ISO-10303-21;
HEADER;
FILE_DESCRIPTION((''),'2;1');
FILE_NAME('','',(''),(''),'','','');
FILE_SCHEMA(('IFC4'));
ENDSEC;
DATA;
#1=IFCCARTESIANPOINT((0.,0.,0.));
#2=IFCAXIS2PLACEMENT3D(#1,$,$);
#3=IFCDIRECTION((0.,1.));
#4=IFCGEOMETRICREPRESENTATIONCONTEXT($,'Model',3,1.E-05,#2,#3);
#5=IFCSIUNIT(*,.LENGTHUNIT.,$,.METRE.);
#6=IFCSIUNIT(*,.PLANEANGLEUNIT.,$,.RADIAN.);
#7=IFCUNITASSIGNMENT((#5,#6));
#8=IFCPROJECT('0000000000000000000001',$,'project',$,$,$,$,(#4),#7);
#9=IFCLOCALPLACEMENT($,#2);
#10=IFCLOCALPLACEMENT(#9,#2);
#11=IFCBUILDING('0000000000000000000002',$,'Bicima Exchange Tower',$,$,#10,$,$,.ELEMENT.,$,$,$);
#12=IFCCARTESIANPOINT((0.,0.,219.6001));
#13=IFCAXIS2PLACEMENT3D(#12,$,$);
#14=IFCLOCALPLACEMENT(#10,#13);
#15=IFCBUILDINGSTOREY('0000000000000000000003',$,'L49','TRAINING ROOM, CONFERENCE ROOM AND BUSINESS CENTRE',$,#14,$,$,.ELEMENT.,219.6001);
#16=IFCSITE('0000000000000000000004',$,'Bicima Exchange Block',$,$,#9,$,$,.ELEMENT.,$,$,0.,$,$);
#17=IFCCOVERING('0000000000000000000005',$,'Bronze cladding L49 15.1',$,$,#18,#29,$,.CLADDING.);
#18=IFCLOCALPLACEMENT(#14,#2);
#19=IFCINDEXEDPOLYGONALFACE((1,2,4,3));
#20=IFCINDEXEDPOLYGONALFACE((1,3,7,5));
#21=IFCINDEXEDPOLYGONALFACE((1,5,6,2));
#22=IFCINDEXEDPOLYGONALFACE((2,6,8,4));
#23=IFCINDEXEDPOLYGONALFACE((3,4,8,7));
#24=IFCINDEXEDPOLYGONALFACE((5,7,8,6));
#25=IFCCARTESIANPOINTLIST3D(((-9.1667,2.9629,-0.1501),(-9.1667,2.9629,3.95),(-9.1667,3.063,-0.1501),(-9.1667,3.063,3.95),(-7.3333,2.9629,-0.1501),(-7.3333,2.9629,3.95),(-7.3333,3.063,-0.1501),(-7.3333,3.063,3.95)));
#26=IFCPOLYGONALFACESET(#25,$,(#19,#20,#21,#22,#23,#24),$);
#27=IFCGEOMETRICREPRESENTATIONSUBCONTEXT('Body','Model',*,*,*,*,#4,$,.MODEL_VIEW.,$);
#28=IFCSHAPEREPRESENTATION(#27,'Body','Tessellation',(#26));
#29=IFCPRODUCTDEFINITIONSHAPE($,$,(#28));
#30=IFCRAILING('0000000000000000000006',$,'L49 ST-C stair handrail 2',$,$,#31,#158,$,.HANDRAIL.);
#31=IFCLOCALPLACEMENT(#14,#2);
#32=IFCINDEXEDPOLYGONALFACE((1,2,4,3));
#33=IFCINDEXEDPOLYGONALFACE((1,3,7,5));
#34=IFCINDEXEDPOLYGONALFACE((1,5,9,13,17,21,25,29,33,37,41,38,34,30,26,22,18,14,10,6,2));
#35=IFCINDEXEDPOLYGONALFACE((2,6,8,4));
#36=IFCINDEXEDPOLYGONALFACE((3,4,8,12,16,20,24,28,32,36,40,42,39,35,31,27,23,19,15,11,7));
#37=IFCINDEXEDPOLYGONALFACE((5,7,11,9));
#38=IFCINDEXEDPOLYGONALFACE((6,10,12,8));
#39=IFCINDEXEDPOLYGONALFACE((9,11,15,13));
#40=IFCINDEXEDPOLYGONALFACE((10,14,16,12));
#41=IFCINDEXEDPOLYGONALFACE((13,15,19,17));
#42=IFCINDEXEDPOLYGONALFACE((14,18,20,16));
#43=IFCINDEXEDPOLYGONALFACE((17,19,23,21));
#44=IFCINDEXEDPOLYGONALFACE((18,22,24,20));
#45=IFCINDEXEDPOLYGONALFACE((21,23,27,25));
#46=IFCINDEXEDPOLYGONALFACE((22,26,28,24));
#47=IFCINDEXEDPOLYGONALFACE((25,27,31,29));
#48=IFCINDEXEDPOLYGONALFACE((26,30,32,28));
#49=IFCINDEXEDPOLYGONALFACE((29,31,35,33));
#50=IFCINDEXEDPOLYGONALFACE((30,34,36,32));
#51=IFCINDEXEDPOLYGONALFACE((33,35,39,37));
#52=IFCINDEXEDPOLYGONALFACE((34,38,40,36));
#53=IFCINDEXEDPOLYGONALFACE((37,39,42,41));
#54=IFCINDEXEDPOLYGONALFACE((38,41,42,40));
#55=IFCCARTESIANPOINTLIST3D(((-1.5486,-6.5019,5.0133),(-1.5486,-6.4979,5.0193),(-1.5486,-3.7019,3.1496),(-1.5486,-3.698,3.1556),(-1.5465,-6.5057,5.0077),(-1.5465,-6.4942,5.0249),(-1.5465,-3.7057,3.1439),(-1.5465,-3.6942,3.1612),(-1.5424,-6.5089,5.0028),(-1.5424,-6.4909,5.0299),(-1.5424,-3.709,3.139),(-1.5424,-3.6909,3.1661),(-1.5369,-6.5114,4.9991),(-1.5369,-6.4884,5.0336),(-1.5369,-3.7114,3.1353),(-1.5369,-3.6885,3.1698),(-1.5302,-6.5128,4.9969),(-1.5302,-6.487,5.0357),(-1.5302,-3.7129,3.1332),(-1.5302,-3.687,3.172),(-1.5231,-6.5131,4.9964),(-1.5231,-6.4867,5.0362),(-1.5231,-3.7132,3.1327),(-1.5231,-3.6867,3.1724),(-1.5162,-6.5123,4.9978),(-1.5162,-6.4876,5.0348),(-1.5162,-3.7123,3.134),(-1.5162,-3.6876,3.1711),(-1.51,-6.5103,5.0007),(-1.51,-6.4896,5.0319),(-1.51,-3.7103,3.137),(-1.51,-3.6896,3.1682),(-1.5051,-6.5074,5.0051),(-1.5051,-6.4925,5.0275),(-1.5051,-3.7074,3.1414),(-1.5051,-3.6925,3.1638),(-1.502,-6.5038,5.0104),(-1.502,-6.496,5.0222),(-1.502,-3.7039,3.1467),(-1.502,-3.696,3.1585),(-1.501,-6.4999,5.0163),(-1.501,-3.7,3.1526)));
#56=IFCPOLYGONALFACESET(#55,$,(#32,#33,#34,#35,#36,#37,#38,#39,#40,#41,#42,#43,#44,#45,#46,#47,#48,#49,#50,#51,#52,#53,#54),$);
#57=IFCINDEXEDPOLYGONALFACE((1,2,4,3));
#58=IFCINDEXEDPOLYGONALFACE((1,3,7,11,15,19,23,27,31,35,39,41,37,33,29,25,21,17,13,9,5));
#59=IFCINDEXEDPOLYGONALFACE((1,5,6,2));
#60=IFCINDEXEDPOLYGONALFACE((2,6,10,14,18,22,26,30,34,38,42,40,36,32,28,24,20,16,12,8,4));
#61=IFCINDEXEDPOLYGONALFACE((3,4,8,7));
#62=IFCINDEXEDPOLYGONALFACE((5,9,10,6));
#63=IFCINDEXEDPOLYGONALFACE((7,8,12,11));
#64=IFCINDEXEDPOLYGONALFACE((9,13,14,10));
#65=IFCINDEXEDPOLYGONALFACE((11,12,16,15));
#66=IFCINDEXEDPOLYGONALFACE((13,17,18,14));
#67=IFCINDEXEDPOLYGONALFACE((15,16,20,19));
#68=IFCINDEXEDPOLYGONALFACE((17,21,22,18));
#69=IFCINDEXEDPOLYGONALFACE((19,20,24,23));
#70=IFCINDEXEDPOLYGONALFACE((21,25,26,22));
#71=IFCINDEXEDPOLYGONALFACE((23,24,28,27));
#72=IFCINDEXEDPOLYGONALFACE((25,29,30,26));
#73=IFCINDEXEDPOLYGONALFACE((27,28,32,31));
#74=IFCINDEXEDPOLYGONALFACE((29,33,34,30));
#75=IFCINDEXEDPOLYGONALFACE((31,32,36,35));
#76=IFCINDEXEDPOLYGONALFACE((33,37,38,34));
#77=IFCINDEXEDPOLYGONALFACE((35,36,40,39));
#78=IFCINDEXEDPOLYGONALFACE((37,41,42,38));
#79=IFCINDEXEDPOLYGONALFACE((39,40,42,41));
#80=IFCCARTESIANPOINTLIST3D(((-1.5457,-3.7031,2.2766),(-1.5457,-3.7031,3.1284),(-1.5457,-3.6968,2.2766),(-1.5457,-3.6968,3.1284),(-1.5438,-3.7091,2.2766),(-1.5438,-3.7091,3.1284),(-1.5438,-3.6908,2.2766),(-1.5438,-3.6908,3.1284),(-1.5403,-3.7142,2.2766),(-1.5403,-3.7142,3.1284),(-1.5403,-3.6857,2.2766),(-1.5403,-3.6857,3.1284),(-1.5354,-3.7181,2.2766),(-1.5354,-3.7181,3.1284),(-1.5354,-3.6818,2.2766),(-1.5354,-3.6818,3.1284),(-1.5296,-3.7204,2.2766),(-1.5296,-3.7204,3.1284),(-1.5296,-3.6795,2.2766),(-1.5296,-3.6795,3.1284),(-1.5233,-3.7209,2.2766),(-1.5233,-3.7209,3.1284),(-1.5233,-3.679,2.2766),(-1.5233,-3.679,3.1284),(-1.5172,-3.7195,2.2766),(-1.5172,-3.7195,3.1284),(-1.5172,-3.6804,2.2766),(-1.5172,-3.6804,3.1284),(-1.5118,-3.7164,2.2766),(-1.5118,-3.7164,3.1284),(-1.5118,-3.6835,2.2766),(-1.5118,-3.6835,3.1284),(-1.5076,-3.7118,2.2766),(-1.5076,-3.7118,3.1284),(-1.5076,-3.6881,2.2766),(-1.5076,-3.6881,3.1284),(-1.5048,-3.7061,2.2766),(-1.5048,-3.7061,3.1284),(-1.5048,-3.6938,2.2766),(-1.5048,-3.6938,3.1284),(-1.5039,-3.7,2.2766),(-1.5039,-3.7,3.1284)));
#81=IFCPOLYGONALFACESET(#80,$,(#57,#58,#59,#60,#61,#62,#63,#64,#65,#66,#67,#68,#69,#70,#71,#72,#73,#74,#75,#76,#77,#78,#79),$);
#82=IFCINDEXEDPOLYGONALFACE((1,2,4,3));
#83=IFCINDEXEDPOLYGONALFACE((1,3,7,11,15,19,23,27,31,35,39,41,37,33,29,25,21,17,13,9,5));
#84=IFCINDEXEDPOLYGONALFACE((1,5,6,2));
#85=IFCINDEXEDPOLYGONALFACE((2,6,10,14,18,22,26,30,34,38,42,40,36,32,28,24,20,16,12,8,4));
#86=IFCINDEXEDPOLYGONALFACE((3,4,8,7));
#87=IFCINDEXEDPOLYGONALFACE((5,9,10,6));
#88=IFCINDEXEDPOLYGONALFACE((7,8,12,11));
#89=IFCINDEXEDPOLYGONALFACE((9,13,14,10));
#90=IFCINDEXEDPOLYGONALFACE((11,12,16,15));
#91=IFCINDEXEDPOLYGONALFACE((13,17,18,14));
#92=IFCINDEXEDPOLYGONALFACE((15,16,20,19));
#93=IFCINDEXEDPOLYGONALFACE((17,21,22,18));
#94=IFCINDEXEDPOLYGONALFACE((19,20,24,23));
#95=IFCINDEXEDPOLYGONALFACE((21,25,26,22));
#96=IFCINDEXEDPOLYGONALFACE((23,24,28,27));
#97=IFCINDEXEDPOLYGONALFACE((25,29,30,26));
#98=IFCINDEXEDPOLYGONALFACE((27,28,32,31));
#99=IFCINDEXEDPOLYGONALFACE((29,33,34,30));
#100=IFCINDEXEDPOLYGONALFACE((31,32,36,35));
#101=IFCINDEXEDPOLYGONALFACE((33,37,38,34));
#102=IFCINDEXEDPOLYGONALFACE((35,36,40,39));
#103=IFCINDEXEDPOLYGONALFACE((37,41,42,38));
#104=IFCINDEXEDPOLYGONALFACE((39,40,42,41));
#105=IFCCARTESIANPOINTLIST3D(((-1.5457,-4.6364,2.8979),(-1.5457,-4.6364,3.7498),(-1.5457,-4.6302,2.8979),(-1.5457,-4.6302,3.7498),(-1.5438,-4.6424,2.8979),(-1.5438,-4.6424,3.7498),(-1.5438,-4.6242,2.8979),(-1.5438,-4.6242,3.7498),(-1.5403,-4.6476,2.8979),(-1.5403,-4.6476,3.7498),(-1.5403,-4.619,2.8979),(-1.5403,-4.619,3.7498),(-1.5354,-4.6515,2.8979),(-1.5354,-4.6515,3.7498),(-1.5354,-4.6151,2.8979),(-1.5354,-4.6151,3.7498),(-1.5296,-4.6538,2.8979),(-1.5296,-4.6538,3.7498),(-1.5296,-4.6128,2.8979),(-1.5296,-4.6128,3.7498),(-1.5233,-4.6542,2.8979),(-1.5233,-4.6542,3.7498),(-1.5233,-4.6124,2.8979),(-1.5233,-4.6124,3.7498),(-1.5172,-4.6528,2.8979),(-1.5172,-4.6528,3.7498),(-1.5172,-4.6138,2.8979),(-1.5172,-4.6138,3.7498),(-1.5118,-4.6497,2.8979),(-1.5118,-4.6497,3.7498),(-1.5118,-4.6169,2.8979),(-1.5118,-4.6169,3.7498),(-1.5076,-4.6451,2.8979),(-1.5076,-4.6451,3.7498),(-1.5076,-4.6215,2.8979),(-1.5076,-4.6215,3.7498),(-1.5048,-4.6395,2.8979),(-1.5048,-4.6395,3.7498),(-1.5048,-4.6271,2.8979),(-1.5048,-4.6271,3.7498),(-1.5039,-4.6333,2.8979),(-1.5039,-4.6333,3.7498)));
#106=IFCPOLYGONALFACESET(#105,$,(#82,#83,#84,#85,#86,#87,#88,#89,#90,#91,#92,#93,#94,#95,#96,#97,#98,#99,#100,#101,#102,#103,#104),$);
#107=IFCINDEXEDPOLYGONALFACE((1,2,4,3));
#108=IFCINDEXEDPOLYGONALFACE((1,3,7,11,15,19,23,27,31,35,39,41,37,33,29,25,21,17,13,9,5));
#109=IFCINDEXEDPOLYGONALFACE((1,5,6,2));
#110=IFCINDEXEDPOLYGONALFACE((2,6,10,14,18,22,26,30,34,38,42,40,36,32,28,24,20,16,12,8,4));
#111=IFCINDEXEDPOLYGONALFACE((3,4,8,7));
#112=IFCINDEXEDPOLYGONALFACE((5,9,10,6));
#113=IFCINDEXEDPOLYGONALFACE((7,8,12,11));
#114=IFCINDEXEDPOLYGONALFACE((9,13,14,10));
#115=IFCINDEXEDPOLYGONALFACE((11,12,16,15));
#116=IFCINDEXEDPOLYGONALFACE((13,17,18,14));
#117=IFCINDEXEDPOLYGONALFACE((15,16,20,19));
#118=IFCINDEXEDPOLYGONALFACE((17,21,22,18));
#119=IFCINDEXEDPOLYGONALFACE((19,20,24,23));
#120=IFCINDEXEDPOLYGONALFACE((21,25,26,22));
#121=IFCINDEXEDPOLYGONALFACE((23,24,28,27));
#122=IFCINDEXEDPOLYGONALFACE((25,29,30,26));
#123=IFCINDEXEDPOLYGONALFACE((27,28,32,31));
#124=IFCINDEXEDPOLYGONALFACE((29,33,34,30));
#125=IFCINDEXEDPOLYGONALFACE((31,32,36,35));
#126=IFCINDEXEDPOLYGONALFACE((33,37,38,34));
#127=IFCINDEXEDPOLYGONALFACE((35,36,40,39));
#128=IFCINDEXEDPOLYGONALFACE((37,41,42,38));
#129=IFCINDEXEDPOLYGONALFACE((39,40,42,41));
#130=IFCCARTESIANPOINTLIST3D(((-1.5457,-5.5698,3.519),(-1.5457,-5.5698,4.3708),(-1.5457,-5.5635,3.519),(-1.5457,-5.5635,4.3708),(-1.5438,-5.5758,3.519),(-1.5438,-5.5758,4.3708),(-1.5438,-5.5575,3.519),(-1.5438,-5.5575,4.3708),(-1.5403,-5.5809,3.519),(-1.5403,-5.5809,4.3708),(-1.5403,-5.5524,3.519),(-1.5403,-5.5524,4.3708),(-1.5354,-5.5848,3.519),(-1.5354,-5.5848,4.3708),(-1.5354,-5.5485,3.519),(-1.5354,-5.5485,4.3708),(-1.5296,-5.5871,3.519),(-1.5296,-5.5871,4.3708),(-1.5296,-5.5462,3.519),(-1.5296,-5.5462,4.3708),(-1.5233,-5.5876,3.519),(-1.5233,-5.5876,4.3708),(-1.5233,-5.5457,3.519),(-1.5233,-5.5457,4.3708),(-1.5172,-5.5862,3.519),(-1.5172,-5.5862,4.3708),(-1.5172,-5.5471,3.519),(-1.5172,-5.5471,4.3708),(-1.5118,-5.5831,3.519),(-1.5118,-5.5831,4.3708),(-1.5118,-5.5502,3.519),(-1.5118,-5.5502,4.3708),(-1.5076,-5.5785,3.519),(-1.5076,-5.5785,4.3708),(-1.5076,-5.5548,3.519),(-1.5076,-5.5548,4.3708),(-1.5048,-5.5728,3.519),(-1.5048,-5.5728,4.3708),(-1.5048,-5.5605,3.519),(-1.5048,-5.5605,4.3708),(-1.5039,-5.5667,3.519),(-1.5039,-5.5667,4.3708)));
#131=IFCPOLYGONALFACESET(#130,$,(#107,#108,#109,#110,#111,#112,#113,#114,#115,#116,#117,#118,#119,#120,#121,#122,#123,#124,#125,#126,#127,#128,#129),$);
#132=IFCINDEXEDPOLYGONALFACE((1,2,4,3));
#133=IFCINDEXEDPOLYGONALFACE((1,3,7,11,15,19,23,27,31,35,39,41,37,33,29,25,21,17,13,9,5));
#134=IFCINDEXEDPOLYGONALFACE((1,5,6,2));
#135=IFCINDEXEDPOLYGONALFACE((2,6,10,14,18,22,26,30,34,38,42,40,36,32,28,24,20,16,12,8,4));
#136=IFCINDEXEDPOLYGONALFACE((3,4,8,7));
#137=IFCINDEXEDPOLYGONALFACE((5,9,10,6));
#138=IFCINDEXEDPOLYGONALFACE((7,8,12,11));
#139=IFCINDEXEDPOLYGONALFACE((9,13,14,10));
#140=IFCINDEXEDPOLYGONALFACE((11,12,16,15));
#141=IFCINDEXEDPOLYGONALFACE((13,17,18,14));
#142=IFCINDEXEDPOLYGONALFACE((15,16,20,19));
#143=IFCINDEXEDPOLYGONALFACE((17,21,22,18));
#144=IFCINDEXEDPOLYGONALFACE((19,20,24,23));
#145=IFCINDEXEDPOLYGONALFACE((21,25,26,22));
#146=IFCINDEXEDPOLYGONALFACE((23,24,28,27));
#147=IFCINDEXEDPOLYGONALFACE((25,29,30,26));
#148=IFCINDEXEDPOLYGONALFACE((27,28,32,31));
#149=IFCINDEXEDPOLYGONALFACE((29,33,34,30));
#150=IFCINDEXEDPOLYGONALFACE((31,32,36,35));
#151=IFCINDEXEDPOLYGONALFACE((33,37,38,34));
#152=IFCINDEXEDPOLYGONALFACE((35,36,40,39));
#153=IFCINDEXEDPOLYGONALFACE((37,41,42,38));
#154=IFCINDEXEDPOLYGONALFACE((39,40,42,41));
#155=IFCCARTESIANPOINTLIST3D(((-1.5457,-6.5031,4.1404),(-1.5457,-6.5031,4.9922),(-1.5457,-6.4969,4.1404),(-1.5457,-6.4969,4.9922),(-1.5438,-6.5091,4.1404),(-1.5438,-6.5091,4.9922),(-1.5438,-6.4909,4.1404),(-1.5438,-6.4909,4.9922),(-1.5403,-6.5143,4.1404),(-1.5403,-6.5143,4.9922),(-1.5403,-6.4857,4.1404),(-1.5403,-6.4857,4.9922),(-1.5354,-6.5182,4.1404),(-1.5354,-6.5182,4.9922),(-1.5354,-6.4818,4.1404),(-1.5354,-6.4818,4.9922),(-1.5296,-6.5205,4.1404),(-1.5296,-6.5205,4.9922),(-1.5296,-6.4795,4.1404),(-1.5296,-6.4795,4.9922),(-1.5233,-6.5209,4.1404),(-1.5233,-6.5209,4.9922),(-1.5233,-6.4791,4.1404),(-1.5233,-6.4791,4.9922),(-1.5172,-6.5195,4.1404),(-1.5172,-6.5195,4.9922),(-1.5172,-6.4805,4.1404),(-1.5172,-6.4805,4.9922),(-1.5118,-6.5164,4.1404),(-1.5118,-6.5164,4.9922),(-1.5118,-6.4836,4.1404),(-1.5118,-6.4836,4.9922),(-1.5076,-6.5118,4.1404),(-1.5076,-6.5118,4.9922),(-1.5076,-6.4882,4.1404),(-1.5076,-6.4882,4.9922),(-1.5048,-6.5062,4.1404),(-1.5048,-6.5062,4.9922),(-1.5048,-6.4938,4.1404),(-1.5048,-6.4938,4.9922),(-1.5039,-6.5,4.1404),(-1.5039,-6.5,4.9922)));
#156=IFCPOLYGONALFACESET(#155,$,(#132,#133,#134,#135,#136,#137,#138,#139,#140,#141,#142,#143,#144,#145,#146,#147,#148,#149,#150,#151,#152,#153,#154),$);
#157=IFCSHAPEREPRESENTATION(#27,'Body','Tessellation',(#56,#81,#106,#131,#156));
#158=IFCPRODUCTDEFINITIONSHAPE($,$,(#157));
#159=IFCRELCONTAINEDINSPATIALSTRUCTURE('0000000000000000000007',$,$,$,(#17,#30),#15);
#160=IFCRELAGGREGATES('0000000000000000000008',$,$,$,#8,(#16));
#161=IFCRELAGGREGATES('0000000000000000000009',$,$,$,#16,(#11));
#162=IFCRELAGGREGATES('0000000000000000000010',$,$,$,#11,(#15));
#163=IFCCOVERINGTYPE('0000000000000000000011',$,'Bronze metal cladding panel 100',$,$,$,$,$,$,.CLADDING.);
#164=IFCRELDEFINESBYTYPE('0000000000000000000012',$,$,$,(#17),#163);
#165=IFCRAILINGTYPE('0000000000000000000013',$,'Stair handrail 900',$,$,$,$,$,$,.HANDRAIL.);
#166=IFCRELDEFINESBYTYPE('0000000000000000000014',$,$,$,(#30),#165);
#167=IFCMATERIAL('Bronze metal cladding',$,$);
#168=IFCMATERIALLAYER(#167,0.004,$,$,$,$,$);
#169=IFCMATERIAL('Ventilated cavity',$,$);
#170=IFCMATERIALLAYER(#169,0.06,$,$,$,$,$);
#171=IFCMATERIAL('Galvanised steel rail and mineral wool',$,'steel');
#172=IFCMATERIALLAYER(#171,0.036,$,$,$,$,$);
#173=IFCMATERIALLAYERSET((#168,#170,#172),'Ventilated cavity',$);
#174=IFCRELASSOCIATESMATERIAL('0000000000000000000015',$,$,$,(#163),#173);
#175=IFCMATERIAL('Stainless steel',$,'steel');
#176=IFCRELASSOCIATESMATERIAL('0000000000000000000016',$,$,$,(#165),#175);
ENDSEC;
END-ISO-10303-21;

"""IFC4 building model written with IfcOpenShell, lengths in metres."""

from ifc_helpers import new_model, si_unit, direction, frame, origin, origin_2d, place, context, subcontext, project, spatial, rectangle, circle, extrude, material, layer, layer_set, type_object, element, save


model = new_model("IFC4")

# Units and contexts
model_context = context("Model", 3, precision=1e-05, world=origin(), true_north=direction((0.0, 1.0)))
body_context = subcontext(model_context, "Body", "Model", "MODEL_VIEW")
ifc_project = project(units=[si_unit("LENGTHUNIT", "METRE"), si_unit("PLANEANGLEUNIT", "RADIAN")], contexts=[model_context])

# Site, building, storey
site_placement = place(None, origin())
site = spatial("IfcSite", under=ifc_project, at=site_placement, Name="Bicima Exchange Block", CompositionType="ELEMENT", RefElevation=0.0)
building_placement = place(site_placement, origin())
building = spatial("IfcBuilding", under=site, at=building_placement, Name="Bicima Exchange Tower", CompositionType="ELEMENT")
storey_placement = place(building_placement, frame((0.0, 0.0, 219.6001)))
storey = spatial("IfcBuildingStorey", under=building, at=storey_placement, Name="L49", Description="TRAINING ROOM, CONFERENCE ROOM AND BUSINESS CENTRE", CompositionType="ELEMENT", Elevation=219.6001)

# Covering
ifc_material_1 = material(Name="Bronze metal cladding")
ifc_layer_1 = layer(ifc_material_1, 0.004)
ifc_material_2 = material(Name="Ventilated cavity")
ifc_layer_2 = layer(ifc_material_2, 0.06)
ifc_material_3 = material(Name="Galvanised steel rail and mineral wool", Category="steel")
ifc_layer_3 = layer(ifc_material_3, 0.036)
ifc_layer_set_1 = layer_set([ifc_layer_1, ifc_layer_2, ifc_layer_3], Name="Ventilated cavity")
covering_type = type_object("IfcCoveringType", Name="Bronze metal cladding panel 100", PredefinedType="CLADDING", material=ifc_layer_set_1)
covering_1_placement = place(storey_placement, frame((-8.25, 3.0129, -0.1501), z_axis=(0.0, 0.0, 1.0), x_axis=(-1.0, 0.0, 0.0)))
element("IfcCovering", 1, at=covering_1_placement, inside=storey, type_object=covering_type, Name="Bronze cladding L49 15.1", PredefinedType="CLADDING", context=body_context, shape_type="SweptSolid", body=[
    extrude(rectangle(XDim=1.8335, YDim=0.1001, at=origin_2d()), origin(), (0.0, 0.0, 1.0), 4.1001),
])

# Railing
ifc_material_4 = material(Name="Stainless steel", Category="steel")
railing_type = type_object("IfcRailingType", Name="Stair handrail 900", PredefinedType="HANDRAIL", material=ifc_material_4)
railing_placement = place(storey_placement, frame((-1.5249, -3.7, 2.2766)))
element("IfcRailing", 2, at=railing_placement, inside=storey, type_object=railing_type, Name="L49 ST-C stair handrail 2", PredefinedType="HANDRAIL", context=body_context, shape_type="SweptSolid", body=[
    extrude(circle(Radius=0.0239, at=origin_2d()), frame((0.0, 0.0, 0.876), z_axis=(0.0, -0.832452, 0.554097), x_axis=(1.0, 0.0, 0.0)), (0.0, 0.0, 1.0), 3.3635),
    extrude(circle(Radius=0.021, at=origin_2d()), origin(), (0.0, 0.0, 1.0), 0.8518),
    extrude(circle(Radius=0.021, at=origin_2d()), frame((0.0, -0.9333, 0.6213)), (0.0, 0.0, 1.0), 0.8518),
    extrude(circle(Radius=0.021, at=origin_2d()), frame((0.0, -1.8667, 1.2424)), (0.0, 0.0, 1.0), 0.8518),
    extrude(circle(Radius=0.021, at=origin_2d()), frame((0.0, -2.8, 1.8638)), (0.0, 0.0, 1.0), 0.8518),
])

save(model, "model.ifc")
